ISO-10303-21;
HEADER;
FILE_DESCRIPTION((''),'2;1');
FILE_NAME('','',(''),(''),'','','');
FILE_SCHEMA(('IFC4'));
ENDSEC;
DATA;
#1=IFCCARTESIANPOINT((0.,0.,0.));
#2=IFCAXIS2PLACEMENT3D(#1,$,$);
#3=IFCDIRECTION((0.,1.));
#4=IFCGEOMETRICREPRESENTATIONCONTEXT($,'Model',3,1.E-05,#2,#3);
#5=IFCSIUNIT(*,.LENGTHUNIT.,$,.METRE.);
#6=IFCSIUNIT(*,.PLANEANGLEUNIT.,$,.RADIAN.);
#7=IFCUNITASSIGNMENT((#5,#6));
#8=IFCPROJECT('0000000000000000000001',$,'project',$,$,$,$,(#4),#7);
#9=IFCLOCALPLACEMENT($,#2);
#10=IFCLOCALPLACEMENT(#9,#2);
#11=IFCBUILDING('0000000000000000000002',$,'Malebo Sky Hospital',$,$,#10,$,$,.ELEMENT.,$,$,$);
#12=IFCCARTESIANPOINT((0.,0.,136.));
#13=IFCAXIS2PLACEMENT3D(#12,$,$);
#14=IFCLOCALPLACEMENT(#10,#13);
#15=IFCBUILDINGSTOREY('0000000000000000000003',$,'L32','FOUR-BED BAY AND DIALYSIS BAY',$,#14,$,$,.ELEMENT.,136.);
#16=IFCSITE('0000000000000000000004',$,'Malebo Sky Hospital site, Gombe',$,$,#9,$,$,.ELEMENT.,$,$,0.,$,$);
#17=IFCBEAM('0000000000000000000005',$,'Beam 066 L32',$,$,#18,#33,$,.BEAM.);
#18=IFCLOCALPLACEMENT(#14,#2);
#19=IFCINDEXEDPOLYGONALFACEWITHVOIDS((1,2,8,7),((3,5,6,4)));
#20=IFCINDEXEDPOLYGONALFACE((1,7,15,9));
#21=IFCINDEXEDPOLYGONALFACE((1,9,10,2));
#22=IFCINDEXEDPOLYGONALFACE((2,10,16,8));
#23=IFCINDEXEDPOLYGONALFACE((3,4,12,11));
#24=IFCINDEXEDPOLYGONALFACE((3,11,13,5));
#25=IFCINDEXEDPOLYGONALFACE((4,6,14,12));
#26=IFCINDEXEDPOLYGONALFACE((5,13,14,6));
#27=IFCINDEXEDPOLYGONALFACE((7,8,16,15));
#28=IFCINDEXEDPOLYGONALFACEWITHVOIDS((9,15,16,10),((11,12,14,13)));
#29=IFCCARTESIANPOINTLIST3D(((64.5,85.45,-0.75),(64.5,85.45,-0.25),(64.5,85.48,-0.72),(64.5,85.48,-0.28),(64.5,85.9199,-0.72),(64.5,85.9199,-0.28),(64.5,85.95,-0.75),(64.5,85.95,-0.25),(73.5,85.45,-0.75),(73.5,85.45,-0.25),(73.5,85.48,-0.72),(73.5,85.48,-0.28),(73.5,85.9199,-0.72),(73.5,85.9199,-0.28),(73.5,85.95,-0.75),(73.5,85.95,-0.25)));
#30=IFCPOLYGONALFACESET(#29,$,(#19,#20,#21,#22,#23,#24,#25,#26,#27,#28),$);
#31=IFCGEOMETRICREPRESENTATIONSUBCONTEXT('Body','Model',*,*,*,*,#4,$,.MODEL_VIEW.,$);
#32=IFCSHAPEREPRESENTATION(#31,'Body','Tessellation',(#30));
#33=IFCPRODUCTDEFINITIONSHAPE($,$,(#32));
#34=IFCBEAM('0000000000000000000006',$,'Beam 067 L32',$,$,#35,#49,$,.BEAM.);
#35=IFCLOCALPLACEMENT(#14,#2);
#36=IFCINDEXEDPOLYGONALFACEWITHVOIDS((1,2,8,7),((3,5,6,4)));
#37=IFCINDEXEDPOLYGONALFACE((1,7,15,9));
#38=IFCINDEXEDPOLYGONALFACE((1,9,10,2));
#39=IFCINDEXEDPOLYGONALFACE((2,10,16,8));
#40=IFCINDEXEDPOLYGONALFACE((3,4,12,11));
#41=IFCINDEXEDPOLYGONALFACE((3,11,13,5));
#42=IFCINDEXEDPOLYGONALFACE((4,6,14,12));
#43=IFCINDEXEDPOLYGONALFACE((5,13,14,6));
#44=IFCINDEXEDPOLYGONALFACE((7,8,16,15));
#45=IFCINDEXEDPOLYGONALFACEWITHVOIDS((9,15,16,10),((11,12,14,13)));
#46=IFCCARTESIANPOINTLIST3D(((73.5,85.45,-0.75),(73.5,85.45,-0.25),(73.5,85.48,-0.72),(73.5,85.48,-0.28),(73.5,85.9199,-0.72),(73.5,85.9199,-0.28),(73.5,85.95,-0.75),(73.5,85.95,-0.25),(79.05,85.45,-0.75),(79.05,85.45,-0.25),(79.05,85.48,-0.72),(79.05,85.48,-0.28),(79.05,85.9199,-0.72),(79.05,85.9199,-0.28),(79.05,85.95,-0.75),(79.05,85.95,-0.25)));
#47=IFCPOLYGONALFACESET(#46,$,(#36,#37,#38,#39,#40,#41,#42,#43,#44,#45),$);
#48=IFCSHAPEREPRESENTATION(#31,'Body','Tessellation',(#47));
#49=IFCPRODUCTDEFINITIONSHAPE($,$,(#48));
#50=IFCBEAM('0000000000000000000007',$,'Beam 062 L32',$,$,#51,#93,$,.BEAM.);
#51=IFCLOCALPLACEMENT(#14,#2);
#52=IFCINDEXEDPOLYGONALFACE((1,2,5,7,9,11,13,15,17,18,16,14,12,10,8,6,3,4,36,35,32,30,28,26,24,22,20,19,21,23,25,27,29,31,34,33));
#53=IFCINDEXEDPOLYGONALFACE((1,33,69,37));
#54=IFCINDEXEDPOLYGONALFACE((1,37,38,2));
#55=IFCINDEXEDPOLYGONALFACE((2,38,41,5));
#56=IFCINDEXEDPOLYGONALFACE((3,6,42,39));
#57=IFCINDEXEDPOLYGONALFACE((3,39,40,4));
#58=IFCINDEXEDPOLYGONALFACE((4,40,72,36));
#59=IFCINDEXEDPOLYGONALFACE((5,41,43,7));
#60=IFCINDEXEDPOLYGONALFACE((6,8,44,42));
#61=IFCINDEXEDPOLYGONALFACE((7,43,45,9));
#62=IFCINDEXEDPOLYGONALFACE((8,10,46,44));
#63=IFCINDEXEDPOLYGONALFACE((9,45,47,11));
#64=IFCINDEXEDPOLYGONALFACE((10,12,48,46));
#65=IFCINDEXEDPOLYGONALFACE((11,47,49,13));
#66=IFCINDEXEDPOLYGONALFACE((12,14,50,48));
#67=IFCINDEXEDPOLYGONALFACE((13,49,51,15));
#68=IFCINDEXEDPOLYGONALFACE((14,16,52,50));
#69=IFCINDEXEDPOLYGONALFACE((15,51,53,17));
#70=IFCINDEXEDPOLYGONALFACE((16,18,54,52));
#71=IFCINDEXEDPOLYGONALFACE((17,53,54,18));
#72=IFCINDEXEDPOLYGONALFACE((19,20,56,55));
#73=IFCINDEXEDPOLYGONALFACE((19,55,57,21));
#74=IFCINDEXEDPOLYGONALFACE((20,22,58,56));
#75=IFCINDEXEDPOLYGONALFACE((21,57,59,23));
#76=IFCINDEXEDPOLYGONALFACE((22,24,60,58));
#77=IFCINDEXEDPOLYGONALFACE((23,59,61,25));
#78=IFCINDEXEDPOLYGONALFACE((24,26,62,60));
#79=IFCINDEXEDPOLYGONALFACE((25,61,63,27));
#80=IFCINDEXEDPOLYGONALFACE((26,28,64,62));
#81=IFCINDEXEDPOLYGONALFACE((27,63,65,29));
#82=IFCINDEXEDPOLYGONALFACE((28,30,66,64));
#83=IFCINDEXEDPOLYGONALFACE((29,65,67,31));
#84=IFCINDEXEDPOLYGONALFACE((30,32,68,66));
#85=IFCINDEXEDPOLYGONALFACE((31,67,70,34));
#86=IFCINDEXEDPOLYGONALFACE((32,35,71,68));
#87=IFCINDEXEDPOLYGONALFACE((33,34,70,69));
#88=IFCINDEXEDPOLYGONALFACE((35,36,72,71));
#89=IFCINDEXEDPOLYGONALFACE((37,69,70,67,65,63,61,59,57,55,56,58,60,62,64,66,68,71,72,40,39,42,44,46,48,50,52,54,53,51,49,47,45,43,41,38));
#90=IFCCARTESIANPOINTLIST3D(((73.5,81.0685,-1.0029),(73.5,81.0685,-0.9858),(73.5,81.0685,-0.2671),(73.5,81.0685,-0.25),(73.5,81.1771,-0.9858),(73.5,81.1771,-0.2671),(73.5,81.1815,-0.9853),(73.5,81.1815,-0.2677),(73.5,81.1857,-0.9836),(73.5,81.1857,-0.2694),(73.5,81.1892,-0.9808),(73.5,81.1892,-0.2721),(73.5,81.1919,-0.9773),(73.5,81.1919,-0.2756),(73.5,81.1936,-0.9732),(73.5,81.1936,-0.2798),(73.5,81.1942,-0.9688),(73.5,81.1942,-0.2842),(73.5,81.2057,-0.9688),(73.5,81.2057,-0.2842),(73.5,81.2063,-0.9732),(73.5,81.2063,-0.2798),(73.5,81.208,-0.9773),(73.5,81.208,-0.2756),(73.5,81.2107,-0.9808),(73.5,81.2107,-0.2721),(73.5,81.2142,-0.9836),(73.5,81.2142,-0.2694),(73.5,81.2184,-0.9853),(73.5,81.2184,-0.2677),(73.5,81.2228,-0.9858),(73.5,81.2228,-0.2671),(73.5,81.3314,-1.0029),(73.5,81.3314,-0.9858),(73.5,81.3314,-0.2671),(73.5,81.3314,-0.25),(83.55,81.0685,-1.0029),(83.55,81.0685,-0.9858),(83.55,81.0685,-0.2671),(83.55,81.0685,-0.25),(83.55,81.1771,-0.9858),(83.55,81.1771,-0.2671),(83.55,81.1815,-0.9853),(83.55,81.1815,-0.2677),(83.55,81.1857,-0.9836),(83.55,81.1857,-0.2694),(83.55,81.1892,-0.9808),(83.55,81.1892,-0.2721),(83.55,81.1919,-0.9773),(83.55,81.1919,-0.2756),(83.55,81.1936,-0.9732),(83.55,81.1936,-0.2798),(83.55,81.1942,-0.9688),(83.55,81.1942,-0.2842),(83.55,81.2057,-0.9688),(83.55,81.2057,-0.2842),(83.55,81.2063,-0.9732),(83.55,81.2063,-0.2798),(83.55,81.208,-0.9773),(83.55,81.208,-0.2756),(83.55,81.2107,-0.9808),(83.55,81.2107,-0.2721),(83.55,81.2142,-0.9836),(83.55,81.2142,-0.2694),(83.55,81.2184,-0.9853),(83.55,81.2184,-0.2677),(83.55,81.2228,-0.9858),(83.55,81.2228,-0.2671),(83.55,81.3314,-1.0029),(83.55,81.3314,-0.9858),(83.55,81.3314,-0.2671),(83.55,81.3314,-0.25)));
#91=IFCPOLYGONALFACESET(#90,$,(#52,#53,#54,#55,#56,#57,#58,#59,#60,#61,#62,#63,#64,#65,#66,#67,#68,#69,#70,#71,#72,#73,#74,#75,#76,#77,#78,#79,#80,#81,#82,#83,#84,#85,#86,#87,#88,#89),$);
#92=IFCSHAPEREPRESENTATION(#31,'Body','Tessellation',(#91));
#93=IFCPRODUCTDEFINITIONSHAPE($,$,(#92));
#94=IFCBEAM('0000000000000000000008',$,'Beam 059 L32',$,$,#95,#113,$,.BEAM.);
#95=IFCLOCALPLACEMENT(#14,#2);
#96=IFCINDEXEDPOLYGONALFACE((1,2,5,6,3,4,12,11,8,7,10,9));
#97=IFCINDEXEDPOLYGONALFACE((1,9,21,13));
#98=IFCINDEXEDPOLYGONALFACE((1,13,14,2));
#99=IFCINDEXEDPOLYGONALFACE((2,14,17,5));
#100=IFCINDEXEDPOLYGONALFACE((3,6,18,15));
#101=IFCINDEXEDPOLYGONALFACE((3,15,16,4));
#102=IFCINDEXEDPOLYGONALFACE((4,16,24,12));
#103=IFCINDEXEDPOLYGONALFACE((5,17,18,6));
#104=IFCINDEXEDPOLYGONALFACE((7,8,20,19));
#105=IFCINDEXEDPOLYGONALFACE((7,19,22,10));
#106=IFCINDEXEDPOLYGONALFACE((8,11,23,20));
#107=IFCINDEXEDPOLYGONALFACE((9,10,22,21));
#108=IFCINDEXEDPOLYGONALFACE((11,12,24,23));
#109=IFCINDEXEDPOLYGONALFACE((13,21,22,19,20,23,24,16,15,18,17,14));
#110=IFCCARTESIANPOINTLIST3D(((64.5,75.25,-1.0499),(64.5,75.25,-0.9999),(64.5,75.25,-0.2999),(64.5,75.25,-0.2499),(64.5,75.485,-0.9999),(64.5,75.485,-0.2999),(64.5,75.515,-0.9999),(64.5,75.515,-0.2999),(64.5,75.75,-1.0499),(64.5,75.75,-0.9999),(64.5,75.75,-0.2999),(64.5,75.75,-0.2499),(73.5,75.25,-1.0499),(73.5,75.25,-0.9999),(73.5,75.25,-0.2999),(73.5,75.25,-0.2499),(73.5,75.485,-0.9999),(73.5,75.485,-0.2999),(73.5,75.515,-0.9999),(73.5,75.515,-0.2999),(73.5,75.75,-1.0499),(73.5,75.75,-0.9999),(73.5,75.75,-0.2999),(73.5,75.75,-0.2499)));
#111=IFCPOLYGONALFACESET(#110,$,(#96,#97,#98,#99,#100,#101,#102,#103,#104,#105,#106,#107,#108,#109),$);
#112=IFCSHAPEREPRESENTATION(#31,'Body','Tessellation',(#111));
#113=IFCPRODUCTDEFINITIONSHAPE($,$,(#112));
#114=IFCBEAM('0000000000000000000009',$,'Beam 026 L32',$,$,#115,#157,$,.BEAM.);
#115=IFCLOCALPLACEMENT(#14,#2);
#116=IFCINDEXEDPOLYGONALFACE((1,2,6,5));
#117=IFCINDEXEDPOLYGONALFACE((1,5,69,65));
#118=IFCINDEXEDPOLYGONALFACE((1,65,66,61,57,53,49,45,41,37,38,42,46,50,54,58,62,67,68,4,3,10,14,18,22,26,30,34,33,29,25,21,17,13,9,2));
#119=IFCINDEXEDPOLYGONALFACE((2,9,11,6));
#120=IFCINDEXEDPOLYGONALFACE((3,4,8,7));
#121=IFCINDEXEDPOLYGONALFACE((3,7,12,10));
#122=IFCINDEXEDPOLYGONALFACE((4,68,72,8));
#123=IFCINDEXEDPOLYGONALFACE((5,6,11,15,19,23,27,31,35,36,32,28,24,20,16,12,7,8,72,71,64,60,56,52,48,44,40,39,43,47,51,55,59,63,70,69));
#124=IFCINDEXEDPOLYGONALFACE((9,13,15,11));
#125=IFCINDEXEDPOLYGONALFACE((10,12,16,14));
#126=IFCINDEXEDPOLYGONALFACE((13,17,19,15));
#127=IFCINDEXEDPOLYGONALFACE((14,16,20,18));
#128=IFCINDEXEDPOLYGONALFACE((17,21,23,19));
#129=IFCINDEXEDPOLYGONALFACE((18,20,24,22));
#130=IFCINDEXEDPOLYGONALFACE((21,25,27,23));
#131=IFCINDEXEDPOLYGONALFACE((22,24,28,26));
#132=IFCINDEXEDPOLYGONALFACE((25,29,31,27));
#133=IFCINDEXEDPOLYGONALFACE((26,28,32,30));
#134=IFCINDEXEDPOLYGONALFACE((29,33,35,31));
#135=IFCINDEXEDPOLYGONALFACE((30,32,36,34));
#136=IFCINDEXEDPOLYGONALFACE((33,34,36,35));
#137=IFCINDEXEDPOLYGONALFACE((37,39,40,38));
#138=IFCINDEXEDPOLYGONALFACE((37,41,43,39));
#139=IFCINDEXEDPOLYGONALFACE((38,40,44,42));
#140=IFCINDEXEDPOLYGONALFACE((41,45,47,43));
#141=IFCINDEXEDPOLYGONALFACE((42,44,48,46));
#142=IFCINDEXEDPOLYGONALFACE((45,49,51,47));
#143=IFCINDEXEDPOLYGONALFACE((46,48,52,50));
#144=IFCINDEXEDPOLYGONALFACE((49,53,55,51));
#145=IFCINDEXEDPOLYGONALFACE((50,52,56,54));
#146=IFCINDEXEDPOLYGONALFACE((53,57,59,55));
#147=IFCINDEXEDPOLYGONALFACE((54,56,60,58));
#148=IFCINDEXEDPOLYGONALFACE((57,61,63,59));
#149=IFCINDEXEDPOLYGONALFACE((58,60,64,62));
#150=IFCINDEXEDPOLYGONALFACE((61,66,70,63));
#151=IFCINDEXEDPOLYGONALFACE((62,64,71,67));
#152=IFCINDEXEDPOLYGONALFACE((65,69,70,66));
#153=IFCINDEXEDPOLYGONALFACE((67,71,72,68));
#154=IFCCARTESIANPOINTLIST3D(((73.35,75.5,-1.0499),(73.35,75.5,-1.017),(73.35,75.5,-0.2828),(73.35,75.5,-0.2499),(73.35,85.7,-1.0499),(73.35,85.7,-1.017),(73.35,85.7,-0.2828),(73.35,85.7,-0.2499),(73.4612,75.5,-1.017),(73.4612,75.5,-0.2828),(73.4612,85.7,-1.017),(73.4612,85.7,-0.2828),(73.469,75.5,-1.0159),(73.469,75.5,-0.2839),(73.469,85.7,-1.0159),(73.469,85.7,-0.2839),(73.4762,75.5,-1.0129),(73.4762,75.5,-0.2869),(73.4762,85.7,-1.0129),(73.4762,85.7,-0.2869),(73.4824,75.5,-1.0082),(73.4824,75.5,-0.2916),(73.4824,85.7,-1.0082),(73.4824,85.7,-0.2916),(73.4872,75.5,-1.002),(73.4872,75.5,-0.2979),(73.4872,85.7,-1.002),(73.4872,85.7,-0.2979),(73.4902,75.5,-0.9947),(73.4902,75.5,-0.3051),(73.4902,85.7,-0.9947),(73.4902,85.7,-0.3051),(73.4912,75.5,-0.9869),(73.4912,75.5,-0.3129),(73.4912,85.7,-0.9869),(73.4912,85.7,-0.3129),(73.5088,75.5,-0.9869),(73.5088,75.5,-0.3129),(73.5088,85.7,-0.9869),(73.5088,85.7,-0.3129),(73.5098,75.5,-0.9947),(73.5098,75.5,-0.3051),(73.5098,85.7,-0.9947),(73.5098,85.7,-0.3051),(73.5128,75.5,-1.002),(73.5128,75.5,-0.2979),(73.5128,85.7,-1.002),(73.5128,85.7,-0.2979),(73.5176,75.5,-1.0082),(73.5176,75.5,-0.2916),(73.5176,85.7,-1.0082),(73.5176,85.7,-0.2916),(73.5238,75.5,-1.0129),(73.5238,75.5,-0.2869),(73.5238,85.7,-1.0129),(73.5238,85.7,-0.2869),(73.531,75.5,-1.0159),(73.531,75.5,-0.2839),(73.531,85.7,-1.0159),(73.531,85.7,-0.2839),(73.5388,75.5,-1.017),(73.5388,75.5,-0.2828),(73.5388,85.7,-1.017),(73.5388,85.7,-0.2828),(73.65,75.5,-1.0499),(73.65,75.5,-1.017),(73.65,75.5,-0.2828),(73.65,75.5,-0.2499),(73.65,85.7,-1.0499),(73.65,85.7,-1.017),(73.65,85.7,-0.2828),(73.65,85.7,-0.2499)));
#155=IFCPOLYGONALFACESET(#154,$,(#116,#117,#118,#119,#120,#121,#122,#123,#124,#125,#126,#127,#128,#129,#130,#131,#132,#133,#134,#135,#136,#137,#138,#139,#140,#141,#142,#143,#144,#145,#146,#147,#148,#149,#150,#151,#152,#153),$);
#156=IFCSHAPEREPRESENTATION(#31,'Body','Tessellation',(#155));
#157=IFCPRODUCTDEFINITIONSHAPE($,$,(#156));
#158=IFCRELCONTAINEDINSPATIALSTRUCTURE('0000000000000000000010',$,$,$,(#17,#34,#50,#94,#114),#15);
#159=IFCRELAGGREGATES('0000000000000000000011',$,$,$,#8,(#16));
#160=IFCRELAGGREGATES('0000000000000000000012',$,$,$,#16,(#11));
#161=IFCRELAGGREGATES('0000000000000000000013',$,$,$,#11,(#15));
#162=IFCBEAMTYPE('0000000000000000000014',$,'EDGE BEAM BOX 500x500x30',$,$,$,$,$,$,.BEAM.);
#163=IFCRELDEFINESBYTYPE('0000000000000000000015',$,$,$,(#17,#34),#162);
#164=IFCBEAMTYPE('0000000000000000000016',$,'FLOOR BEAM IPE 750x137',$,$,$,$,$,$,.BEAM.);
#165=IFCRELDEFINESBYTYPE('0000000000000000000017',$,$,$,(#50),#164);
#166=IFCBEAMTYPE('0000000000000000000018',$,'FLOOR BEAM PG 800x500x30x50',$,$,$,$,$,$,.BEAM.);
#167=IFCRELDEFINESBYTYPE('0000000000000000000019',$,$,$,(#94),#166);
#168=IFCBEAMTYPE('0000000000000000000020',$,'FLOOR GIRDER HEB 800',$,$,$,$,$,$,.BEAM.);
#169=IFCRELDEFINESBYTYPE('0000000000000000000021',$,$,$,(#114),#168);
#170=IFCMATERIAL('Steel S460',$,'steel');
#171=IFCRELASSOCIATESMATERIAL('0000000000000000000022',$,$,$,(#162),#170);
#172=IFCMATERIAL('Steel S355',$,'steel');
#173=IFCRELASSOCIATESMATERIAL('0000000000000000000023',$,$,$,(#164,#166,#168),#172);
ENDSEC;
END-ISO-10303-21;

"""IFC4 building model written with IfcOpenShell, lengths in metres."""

from ifc_helpers import new_model, si_unit, direction, frame, origin, origin_2d, place, context, subcontext, project, spatial, hollow_rectangle, i_section, extrude, material, material_profile, profile_set, type_object, element, save


model = new_model("IFC4")

# Units and contexts
model_context = context("Model", 3, precision=1e-05, world=origin(), true_north=direction((0.0, 1.0)))
body_context = subcontext(model_context, "Body", "Model", "MODEL_VIEW")
ifc_project = project(units=[si_unit("LENGTHUNIT", "METRE"), si_unit("PLANEANGLEUNIT", "RADIAN")], contexts=[model_context])

# Site, building, storey
site_placement = place(None, origin())
site = spatial("IfcSite", under=ifc_project, at=site_placement, Name="Malebo Sky Hospital site, Gombe", CompositionType="ELEMENT", RefElevation=0.0)
building_placement = place(site_placement, origin())
building = spatial("IfcBuilding", under=site, at=building_placement, Name="Malebo Sky Hospital", CompositionType="ELEMENT")
storey_placement = place(building_placement, frame((0.0, 0.0, 136.0)))
storey = spatial("IfcBuildingStorey", under=building, at=storey_placement, Name="L32", Description="FOUR-BED BAY AND DIALYSIS BAY", CompositionType="ELEMENT", Elevation=136.0)

# Shared definitions
ifc_material_1 = material(Name="Steel S460", Category="steel")

# Beams
ifc_material_profile_1 = material_profile(ifc_material_1, hollow_rectangle(XDim=0.5, YDim=0.5, WallThickness=0.03, at=origin_2d()), Name="BOX 500x500x30")
ifc_profile_set_1 = profile_set([ifc_material_profile_1], Name="Steel S460")
beam_type_1 = type_object("IfcBeamType", Name="EDGE BEAM BOX 500x500x30", PredefinedType="BEAM", material=ifc_profile_set_1)
beam_1_placement = place(storey_placement, frame((64.5, 85.7, -0.5), z_axis=(1.0, 0.0, 0.0), x_axis=(0.0, 1.0, 0.0)))
element("IfcBeam", 1, at=beam_1_placement, inside=storey, type_object=beam_type_1, Name="Beam 066 L32", PredefinedType="BEAM", context=body_context, shape_type="SweptSolid", body=[
    extrude(hollow_rectangle(XDim=0.5, YDim=0.5, WallThickness=0.03, at=origin_2d()), origin(), (0.0, 0.0, 1.0), 9.0),
])
beam_2_placement = place(storey_placement, frame((73.5, 85.7, -0.5), z_axis=(1.0, 0.0, 0.0), x_axis=(0.0, 1.0, 0.0)))
element("IfcBeam", 2, at=beam_2_placement, inside=storey, type_object=beam_type_1, Name="Beam 067 L32", PredefinedType="BEAM", context=body_context, shape_type="SweptSolid", body=[
    extrude(hollow_rectangle(XDim=0.5, YDim=0.5, WallThickness=0.03, at=origin_2d()), origin(), (0.0, 0.0, 1.0), 5.55),
])
ifc_material_2 = material(Name="Steel S355", Category="steel")
ifc_material_profile_2 = material_profile(ifc_material_2, i_section(OverallWidth=0.2629, OverallDepth=0.7529, WebThickness=0.0115, FlangeThickness=0.0171, FilletRadius=0.0171, at=origin_2d()), Name="IPE 750x137")
ifc_profile_set_2 = profile_set([ifc_material_profile_2], Name="Steel S355")
beam_type_2 = type_object("IfcBeamType", Name="FLOOR BEAM IPE 750x137", PredefinedType="BEAM", material=ifc_profile_set_2)
beam_3_placement = place(storey_placement, frame((73.5, 81.2, -0.6265), z_axis=(1.0, 0.0, 0.0), x_axis=(0.0, 1.0, 0.0)))
element("IfcBeam", 3, at=beam_3_placement, inside=storey, type_object=beam_type_2, Name="Beam 062 L32", PredefinedType="BEAM", context=body_context, shape_type="SweptSolid", body=[
    extrude(i_section(OverallWidth=0.2629, OverallDepth=0.7529, WebThickness=0.0115, FlangeThickness=0.0171, FilletRadius=0.0171, at=origin_2d()), origin(), (0.0, 0.0, 1.0), 10.05),
])
ifc_material_profile_3 = material_profile(ifc_material_2, i_section(OverallWidth=0.5, OverallDepth=0.8, WebThickness=0.03, FlangeThickness=0.05, at=origin_2d()), Name="PG 800x500x30x50")
ifc_profile_set_3 = profile_set([ifc_material_profile_3], Name="Steel S355")
beam_type_3 = type_object("IfcBeamType", Name="FLOOR BEAM PG 800x500x30x50", PredefinedType="BEAM", material=ifc_profile_set_3)
beam_4_placement = place(storey_placement, frame((64.5, 75.5, -0.6499), z_axis=(1.0, 0.0, 0.0), x_axis=(0.0, 1.0, 0.0)))
element("IfcBeam", 4, at=beam_4_placement, inside=storey, type_object=beam_type_3, Name="Beam 059 L32", PredefinedType="BEAM", context=body_context, shape_type="SweptSolid", body=[
    extrude(i_section(OverallWidth=0.5, OverallDepth=0.8, WebThickness=0.03, FlangeThickness=0.05, at=origin_2d()), origin(), (0.0, 0.0, 1.0), 9.0),
])
ifc_material_profile_4 = material_profile(ifc_material_2, i_section(OverallWidth=0.3, OverallDepth=0.8, WebThickness=0.0176, FlangeThickness=0.033, FilletRadius=0.03, at=origin_2d()), Name="HEB 800")
ifc_profile_set_4 = profile_set([ifc_material_profile_4], Name="Steel S355")
beam_type_4 = type_object("IfcBeamType", Name="FLOOR GIRDER HEB 800", PredefinedType="BEAM", material=ifc_profile_set_4)
for number, where, z_axis, x_axis, name in (
    (5, (73.5, 75.5, -0.6499), (0.0, 1.0, 0.0), (-1.0, 0.0, 0.0), "Beam 026 L32"),
):
    element("IfcBeam", number, at=place(storey_placement, frame(where, z_axis=z_axis, x_axis=x_axis)), inside=storey, type_object=beam_type_4, Name=name, PredefinedType="BEAM", context=body_context, shape_type="SweptSolid", body=[
        extrude(i_section(OverallWidth=0.3, OverallDepth=0.8, WebThickness=0.0176, FlangeThickness=0.033, FilletRadius=0.03, at=origin_2d()), origin(), (0.0, 0.0, 1.0), 10.2),
    ])

save(model, "model.ifc")
